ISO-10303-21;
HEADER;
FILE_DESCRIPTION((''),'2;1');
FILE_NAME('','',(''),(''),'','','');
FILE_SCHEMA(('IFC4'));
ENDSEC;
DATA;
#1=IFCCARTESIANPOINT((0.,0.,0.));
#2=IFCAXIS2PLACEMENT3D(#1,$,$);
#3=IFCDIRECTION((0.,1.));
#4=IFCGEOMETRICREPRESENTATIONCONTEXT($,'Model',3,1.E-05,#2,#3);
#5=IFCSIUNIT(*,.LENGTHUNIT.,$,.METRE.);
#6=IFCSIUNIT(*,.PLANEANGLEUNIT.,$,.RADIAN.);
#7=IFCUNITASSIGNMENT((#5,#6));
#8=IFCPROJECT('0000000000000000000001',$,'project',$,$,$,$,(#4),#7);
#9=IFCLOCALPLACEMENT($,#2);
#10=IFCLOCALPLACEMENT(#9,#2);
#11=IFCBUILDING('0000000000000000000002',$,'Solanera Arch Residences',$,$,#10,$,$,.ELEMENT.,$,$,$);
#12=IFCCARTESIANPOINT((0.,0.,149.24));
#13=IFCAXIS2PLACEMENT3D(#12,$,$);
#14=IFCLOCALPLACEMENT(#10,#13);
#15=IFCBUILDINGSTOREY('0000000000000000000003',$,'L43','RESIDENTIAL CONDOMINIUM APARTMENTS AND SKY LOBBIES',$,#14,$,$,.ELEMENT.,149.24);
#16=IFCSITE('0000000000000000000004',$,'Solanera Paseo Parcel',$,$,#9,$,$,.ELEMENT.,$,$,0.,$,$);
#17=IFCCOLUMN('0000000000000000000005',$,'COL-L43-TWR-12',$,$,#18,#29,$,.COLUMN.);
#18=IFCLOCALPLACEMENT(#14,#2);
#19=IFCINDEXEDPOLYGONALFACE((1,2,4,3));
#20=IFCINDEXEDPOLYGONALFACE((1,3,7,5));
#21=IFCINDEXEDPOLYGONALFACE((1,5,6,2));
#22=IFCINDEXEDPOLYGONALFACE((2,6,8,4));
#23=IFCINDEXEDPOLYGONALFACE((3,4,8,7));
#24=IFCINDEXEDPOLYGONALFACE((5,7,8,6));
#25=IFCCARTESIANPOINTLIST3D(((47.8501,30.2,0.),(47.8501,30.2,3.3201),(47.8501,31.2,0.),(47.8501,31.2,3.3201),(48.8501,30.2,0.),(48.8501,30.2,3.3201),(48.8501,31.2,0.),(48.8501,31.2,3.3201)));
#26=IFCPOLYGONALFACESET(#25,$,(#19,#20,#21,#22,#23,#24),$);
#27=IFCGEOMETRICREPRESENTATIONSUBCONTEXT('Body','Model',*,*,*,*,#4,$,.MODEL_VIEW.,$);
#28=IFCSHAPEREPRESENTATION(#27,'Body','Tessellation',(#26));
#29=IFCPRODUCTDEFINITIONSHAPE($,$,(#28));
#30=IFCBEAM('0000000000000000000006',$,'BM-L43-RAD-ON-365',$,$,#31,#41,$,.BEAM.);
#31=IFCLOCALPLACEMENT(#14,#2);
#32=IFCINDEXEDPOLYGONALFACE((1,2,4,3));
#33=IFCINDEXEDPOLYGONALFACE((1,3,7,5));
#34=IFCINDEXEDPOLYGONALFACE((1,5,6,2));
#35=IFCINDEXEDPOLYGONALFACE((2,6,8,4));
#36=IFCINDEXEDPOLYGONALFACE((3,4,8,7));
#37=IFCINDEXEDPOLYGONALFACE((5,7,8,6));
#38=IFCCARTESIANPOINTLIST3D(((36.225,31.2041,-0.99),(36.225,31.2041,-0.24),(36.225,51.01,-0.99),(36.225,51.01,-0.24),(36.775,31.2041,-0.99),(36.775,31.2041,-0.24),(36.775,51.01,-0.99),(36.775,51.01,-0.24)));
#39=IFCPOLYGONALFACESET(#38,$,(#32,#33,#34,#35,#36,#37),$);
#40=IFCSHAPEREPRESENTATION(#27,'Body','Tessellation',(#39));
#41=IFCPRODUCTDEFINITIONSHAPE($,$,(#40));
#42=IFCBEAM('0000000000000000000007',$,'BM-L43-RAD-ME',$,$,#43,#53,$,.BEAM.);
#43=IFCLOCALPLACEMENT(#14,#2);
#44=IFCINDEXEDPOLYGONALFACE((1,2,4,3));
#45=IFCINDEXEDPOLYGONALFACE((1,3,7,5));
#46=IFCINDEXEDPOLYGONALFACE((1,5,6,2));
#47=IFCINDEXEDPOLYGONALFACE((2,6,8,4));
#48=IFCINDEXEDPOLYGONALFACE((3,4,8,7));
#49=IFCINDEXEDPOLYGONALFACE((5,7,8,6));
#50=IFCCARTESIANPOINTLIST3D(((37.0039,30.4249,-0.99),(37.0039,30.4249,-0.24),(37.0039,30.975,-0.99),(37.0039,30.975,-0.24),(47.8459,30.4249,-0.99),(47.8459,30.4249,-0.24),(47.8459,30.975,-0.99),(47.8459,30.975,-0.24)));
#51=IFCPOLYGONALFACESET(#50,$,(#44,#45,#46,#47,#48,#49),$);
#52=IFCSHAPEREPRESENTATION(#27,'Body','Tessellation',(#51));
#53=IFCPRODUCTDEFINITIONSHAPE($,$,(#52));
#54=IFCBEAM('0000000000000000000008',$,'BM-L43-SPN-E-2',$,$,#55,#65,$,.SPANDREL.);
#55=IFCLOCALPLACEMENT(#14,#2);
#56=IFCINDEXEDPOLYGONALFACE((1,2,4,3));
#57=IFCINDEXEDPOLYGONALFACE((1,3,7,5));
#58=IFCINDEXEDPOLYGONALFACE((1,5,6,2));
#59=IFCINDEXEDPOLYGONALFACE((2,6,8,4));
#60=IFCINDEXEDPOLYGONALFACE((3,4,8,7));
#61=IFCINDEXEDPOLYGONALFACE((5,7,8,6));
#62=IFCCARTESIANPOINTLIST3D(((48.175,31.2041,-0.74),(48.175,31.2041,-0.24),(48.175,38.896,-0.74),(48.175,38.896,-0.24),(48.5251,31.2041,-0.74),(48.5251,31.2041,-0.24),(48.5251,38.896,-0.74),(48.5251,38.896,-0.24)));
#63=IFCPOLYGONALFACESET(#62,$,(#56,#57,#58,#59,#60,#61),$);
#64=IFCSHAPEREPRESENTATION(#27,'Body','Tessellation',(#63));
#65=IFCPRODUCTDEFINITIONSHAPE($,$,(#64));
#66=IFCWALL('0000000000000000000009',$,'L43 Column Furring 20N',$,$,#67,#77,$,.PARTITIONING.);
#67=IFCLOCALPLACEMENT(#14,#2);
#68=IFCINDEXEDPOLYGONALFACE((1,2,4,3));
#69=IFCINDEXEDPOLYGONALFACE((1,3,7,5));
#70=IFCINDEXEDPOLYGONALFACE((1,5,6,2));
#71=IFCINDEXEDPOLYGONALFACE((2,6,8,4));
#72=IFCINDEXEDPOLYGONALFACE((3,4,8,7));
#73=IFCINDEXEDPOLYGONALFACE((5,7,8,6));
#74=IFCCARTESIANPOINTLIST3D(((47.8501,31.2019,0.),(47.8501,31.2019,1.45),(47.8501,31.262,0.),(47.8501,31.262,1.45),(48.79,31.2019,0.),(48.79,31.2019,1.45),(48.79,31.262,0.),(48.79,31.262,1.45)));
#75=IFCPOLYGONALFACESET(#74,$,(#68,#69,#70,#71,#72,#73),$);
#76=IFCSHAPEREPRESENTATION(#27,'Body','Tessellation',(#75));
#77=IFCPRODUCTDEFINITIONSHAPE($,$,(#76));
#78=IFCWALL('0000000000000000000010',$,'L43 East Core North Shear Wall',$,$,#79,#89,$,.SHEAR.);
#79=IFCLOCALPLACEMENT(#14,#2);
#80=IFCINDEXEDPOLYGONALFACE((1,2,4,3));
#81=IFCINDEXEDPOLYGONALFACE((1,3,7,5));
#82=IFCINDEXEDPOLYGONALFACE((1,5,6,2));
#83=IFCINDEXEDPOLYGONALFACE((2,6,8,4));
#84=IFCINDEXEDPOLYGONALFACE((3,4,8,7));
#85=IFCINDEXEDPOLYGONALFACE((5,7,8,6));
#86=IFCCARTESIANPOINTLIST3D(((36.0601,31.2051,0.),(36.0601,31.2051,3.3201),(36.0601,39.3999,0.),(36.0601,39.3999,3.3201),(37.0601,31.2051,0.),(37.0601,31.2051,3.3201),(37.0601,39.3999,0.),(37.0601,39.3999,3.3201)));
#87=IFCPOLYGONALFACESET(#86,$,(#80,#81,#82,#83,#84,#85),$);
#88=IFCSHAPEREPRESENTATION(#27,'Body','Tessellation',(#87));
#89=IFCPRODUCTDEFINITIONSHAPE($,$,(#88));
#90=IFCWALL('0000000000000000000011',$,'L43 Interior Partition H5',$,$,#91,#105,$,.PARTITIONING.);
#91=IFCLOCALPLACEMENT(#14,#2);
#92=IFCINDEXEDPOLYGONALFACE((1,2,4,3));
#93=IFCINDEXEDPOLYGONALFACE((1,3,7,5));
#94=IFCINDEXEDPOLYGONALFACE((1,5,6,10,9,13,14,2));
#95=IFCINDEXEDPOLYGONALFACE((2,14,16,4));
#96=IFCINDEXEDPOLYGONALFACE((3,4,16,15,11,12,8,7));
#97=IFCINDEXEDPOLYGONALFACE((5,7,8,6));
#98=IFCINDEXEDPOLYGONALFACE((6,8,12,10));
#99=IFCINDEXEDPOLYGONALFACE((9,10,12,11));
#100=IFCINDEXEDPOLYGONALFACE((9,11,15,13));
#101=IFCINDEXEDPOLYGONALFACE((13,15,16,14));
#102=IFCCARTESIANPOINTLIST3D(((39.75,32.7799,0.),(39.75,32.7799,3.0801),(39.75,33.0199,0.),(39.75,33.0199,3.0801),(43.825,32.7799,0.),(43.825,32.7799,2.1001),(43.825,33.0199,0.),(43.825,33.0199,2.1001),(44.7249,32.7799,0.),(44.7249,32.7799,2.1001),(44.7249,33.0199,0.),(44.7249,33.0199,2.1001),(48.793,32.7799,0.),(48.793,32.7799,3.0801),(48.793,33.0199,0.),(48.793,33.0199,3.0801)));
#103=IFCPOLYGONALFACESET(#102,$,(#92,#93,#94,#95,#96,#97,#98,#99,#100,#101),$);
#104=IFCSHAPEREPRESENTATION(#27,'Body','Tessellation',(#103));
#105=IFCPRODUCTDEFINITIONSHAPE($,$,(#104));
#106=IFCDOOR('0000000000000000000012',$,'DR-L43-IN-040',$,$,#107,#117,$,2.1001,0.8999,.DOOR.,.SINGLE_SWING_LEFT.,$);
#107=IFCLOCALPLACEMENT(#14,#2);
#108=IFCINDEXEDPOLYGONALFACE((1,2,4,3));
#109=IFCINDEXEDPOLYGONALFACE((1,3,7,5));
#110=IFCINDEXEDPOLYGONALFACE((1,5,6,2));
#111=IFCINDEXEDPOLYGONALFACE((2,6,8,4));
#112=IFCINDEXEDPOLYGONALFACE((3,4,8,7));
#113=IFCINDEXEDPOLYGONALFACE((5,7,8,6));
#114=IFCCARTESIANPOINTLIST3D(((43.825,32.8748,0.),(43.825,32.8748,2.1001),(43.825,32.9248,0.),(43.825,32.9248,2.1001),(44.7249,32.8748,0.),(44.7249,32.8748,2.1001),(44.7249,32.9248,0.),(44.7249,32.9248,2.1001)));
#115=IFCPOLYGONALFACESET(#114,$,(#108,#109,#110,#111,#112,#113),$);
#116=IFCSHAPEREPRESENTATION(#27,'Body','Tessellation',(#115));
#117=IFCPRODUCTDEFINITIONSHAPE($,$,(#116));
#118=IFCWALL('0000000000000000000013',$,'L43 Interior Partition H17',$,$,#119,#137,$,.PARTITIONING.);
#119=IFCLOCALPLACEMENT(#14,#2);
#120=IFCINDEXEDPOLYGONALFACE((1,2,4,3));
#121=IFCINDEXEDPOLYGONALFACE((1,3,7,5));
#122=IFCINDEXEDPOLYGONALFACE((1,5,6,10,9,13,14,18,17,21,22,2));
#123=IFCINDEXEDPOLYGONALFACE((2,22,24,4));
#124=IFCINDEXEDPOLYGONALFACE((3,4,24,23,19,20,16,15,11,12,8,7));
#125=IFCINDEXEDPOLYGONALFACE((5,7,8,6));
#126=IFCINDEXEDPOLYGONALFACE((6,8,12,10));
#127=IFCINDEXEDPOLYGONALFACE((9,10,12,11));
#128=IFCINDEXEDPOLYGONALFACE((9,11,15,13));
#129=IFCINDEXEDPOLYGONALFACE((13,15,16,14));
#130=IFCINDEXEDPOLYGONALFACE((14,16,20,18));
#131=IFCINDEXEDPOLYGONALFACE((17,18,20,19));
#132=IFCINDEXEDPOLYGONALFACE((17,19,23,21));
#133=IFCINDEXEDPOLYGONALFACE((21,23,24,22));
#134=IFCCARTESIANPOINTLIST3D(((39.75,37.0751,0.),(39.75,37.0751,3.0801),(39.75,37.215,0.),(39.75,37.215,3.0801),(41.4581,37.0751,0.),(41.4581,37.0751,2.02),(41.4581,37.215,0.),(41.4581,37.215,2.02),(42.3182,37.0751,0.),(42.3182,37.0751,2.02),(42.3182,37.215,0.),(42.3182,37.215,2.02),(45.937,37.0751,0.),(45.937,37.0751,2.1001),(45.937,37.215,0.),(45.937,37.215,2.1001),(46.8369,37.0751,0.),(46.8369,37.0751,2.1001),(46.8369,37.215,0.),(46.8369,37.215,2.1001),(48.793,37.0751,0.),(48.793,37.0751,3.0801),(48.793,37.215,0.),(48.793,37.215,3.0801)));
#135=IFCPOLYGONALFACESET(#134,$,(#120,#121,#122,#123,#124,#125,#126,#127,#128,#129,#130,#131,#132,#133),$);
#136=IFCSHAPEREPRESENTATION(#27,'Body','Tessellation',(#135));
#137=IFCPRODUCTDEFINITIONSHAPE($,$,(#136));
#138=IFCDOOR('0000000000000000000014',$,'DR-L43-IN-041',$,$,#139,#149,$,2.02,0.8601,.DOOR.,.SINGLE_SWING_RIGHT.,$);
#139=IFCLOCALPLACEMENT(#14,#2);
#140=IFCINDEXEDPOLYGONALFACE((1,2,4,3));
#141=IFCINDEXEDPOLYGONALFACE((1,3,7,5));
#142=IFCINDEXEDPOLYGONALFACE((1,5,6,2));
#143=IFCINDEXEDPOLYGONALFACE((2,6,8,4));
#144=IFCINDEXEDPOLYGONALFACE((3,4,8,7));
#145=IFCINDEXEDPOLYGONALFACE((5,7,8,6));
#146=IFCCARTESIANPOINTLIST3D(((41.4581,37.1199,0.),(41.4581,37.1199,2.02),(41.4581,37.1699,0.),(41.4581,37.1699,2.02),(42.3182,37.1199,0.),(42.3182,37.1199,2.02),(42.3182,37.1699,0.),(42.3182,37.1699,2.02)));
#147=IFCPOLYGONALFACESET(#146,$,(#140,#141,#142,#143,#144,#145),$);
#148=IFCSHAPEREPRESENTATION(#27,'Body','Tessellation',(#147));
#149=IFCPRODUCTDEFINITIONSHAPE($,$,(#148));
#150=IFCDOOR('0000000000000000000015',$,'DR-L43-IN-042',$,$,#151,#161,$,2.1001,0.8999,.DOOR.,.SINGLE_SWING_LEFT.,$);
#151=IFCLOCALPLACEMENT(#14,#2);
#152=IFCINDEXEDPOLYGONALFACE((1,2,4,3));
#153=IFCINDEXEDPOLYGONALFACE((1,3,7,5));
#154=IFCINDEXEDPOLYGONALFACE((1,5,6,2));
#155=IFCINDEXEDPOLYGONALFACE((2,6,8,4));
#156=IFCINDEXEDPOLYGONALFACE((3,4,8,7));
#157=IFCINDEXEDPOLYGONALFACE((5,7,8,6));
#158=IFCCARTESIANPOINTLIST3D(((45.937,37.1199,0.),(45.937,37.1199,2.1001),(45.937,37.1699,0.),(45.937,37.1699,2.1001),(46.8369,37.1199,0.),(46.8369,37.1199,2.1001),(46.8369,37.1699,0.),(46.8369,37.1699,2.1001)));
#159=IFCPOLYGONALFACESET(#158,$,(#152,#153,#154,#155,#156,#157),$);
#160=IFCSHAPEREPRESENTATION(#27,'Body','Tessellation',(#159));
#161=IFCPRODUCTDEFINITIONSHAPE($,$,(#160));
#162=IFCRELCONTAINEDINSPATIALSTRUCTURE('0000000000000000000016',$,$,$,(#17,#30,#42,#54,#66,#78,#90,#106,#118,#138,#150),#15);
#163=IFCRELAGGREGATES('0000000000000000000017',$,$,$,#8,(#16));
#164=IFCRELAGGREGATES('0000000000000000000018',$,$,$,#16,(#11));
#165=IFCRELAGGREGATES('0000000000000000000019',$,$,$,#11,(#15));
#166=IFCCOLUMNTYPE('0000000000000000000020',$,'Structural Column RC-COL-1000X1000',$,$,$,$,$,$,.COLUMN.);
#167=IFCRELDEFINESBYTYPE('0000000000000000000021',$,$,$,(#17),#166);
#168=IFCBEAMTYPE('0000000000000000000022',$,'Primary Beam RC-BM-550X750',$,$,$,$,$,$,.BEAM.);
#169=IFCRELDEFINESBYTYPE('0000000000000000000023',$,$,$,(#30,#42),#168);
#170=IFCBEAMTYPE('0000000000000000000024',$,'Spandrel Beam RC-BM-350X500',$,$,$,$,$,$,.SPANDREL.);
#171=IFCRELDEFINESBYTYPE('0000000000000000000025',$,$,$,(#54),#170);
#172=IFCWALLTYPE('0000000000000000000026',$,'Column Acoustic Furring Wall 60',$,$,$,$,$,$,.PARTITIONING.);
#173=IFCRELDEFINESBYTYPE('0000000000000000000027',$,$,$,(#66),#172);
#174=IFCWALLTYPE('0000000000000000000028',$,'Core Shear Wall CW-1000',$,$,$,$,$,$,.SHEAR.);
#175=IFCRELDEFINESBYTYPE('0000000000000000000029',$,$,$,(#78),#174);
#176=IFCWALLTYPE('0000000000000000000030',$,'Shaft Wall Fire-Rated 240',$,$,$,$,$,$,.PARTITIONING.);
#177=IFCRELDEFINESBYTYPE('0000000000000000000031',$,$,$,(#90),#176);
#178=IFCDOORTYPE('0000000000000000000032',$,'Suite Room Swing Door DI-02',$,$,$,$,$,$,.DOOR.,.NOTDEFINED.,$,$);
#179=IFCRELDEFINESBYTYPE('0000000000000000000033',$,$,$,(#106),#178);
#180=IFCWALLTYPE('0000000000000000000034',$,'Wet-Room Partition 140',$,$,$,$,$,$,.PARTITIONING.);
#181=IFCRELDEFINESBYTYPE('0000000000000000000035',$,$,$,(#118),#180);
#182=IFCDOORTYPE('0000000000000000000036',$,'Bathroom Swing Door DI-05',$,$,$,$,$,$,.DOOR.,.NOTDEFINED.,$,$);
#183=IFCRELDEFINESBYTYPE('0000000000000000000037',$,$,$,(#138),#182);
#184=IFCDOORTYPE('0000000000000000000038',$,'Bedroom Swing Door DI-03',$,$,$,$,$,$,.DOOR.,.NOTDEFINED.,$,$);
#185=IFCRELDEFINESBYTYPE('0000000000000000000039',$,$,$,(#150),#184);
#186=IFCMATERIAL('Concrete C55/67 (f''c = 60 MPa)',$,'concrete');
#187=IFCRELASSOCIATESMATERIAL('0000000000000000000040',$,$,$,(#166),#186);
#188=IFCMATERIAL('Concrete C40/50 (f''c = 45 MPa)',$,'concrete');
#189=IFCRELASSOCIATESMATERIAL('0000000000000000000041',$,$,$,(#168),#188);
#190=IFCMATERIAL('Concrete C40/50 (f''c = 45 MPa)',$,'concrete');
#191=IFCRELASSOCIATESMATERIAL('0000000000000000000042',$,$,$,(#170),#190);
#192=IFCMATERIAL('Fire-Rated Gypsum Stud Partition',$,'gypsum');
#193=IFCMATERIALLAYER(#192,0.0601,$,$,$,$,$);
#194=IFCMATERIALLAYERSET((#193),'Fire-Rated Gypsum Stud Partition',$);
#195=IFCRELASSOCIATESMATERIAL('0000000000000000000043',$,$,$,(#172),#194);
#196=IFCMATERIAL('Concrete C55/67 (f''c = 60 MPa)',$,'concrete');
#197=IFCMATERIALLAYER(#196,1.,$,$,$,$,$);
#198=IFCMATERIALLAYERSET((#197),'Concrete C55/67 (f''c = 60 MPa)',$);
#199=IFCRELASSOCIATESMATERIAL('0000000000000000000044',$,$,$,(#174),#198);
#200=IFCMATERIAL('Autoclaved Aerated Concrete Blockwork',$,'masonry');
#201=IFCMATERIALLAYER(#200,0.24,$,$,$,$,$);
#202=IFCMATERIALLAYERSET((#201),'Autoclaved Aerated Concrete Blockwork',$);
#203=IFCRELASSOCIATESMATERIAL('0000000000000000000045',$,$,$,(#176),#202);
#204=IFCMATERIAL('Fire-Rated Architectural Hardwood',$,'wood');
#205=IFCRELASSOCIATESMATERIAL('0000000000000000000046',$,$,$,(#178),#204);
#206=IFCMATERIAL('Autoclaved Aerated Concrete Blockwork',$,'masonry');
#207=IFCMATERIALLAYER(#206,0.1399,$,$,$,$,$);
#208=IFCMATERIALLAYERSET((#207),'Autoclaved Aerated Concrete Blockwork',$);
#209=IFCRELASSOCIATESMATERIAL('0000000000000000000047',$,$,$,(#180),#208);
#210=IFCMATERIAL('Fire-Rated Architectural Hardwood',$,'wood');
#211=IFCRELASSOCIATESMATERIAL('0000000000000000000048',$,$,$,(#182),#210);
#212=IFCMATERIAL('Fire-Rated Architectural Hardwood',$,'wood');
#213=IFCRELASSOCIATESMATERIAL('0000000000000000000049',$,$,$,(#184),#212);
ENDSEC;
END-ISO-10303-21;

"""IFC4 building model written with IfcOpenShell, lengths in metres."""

from ifc_helpers import new_model, si_unit, direction, frame, frame_2d, origin, origin_2d, place, context, subcontext, project, spatial, rectangle, extrude, material, layer, layer_set, material_profile, profile_set, type_object, element, fill, save


model = new_model("IFC4")

# Units and contexts
model_context = context("Model", 3, precision=1e-05, world=origin(), true_north=direction((0.0, 1.0)))
body_context = subcontext(model_context, "Body", "Model", "MODEL_VIEW")
ifc_project = project(units=[si_unit("LENGTHUNIT", "METRE"), si_unit("PLANEANGLEUNIT", "RADIAN")], contexts=[model_context])

# Site, building, storey
site_placement = place(None, origin())
site = spatial("IfcSite", under=ifc_project, at=site_placement, Name="Solanera Paseo Parcel", CompositionType="ELEMENT", RefElevation=0.0)
building_placement = place(site_placement, origin())
building = spatial("IfcBuilding", under=site, at=building_placement, Name="Solanera Arch Residences", CompositionType="ELEMENT")
storey_placement = place(building_placement, frame((0.0, 0.0, 149.24)))
storey = spatial("IfcBuildingStorey", under=building, at=storey_placement, Name="L43", Description="RESIDENTIAL CONDOMINIUM APARTMENTS AND SKY LOBBIES", CompositionType="ELEMENT", Elevation=149.24)

# Column
ifc_material_1 = material(Name="Concrete C55/67 (f'c = 60 MPa)", Category="concrete")
ifc_material_profile_1 = material_profile(ifc_material_1, rectangle(XDim=1.0, YDim=1.0, at=origin_2d()))
ifc_profile_set_1 = profile_set([ifc_material_profile_1], Name="Concrete C55/67 (f'c = 60 MPa)")
column_type = type_object("IfcColumnType", Name="Structural Column RC-COL-1000X1000", PredefinedType="COLUMN", material=ifc_profile_set_1)
column_placement = place(storey_placement, frame((48.3501, 30.7, 0.0), z_axis=(0.0, 0.0, 1.0), x_axis=(1.0, 0.0, 0.0)))
element("IfcColumn", 1, at=column_placement, inside=storey, type_object=column_type, Name="COL-L43-TWR-12", PredefinedType="COLUMN", context=body_context, shape_type="SweptSolid", body=[
    extrude(rectangle(XDim=1.0, YDim=1.0, at=origin_2d()), origin(), (0.0, 0.0, 1.0), 3.3201),
])

# Beams
ifc_material_2 = material(Name="Concrete C40/50 (f'c = 45 MPa)", Category="concrete")
ifc_material_profile_2 = material_profile(ifc_material_2, rectangle(XDim=0.55, YDim=0.75, at=origin_2d()))
ifc_profile_set_2 = profile_set([ifc_material_profile_2], Name="Concrete C40/50 (f'c = 45 MPa)")
beam_type_1 = type_object("IfcBeamType", Name="Primary Beam RC-BM-550X750", PredefinedType="BEAM", material=ifc_profile_set_2)
beam_1_placement = place(storey_placement, frame((36.5, 31.2041, -0.615), z_axis=(0.0, 1.0, 0.0), x_axis=(-1.0, 0.0, 0.0)))
element("IfcBeam", 2, at=beam_1_placement, inside=storey, type_object=beam_type_1, Name="BM-L43-RAD-ON-365", PredefinedType="BEAM", context=body_context, shape_type="SweptSolid", body=[
    extrude(rectangle(XDim=0.55, YDim=0.75, at=origin_2d()), origin(), (0.0, 0.0, 1.0), 19.8059),
])
beam_2_placement = place(storey_placement, frame((37.0039, 30.7, -0.615), z_axis=(1.0, 0.0, 0.0), x_axis=(0.0, 1.0, 0.0)))
element("IfcBeam", 3, at=beam_2_placement, inside=storey, type_object=beam_type_1, Name="BM-L43-RAD-ME", PredefinedType="BEAM", context=body_context, shape_type="SweptSolid", body=[
    extrude(rectangle(XDim=0.55, YDim=0.75, at=origin_2d()), origin(), (0.0, 0.0, 1.0), 10.842),
])
ifc_material_3 = material(Name="Concrete C40/50 (f'c = 45 MPa)", Category="concrete")
ifc_material_profile_3 = material_profile(ifc_material_3, rectangle(XDim=0.3501, YDim=0.5, at=origin_2d()))
ifc_profile_set_3 = profile_set([ifc_material_profile_3], Name="Concrete C40/50 (f'c = 45 MPa)")
beam_type_2 = type_object("IfcBeamType", Name="Spandrel Beam RC-BM-350X500", PredefinedType="SPANDREL", material=ifc_profile_set_3)
beam_3_placement = place(storey_placement, frame((48.3501, 31.2041, -0.49), z_axis=(0.0, 1.0, 0.0), x_axis=(-1.0, 0.0, 0.0)))
element("IfcBeam", 4, at=beam_3_placement, inside=storey, type_object=beam_type_2, Name="BM-L43-SPN-E-2", PredefinedType="SPANDREL", context=body_context, shape_type="SweptSolid", body=[
    extrude(rectangle(XDim=0.3501, YDim=0.5, at=origin_2d()), origin(), (0.0, 0.0, 1.0), 7.6919),
])

# Walls
ifc_material_4 = material(Name="Fire-Rated Gypsum Stud Partition", Category="gypsum")
ifc_layer_1 = layer(ifc_material_4, 0.0601)
ifc_layer_set_1 = layer_set([ifc_layer_1], Name="Fire-Rated Gypsum Stud Partition")
wall_type_1 = type_object("IfcWallType", Name="Column Acoustic Furring Wall 60", PredefinedType="PARTITIONING", material=ifc_layer_set_1)
wall_1_placement = place(storey_placement, frame((47.8501, 31.2319, 0.0), z_axis=(0.0, 0.0, 1.0), x_axis=(1.0, 0.0, 0.0)))
element("IfcWall", 5, at=wall_1_placement, inside=storey, type_object=wall_type_1, Name="L43 Column Furring 20N", PredefinedType="PARTITIONING", context=body_context, shape_type="SweptSolid", body=[
    extrude(rectangle(XDim=0.9399, YDim=0.0601, at=frame_2d((0.47, 0.0))), origin(), (0.0, 0.0, 1.0), 1.45),
])
ifc_material_5 = material(Name="Concrete C55/67 (f'c = 60 MPa)", Category="concrete")
ifc_layer_2 = layer(ifc_material_5, 1.0)
ifc_layer_set_2 = layer_set([ifc_layer_2], Name="Concrete C55/67 (f'c = 60 MPa)")
wall_type_2 = type_object("IfcWallType", Name="Core Shear Wall CW-1000", PredefinedType="SHEAR", material=ifc_layer_set_2)
wall_2_placement = place(storey_placement, frame((36.5601, 31.2051, 0.0), z_axis=(0.0, 0.0, 1.0), x_axis=(0.0, 1.0, 0.0)))
element("IfcWall", 6, at=wall_2_placement, inside=storey, type_object=wall_type_2, Name="L43 East Core North Shear Wall", PredefinedType="SHEAR", context=body_context, shape_type="SweptSolid", body=[
    extrude(rectangle(XDim=8.1948, YDim=1.0, at=frame_2d((4.0974, 0.0))), origin(), (0.0, 0.0, 1.0), 3.3201),
])

# Wall, opening, door
ifc_material_6 = material(Name="Autoclaved Aerated Concrete Blockwork", Category="masonry")
ifc_layer_3 = layer(ifc_material_6, 0.24)
ifc_layer_set_3 = layer_set([ifc_layer_3], Name="Autoclaved Aerated Concrete Blockwork")
wall_type_3 = type_object("IfcWallType", Name="Shaft Wall Fire-Rated 240", PredefinedType="PARTITIONING", material=ifc_layer_set_3)
wall_3_placement = place(storey_placement, frame((39.75, 32.8999, 0.0), z_axis=(0.0, 0.0, 1.0), x_axis=(1.0, 0.0, 0.0)))
wall_3 = element("IfcWall", 7, at=wall_3_placement, inside=storey, type_object=wall_type_3, Name="L43 Interior Partition H5", PredefinedType="PARTITIONING", context=body_context, shape_type="SweptSolid", body=[
    extrude(rectangle(XDim=9.043, YDim=0.24, at=frame_2d((4.5215, 0.0))), origin(), (0.0, 0.0, 1.0), 3.0801),
])
opening_1_placement = place(wall_3_placement, frame((4.075, 0.0, 0.0)))
opening_1 = element("IfcOpeningElement", 8, at=opening_1_placement, cuts=wall_3, PredefinedType="OPENING", context=body_context, shape_type="SweptSolid", body=[
    extrude(rectangle(XDim=0.8999, YDim=2.1001, at=frame_2d((0.45, 1.05))), frame((0.0, 0.1299, 0.0), z_axis=(0.0, -1.0, 0.0), x_axis=(1.0, 0.0, 0.0)), (0.0, 0.0, 1.0), 0.26),
])
ifc_material_7 = material(Name="Fire-Rated Architectural Hardwood", Category="wood")
door_type_1 = type_object("IfcDoorType", Name="Suite Room Swing Door DI-02", OperationType="NOTDEFINED", PredefinedType="DOOR", material=ifc_material_7)
door_1_placement = place(opening_1_placement, origin())
door_1 = element("IfcDoor", 9, at=door_1_placement, inside=storey, type_object=door_type_1, Name="DR-L43-IN-040", OperationType="SINGLE_SWING_LEFT", OverallHeight=2.1001, OverallWidth=0.8999, PredefinedType="DOOR", context=body_context, shape_type="SweptSolid", body=[
    extrude(rectangle(XDim=0.8999, YDim=2.1001, at=frame_2d((0.45, 1.05))), frame((0.0, 0.0249, 0.0), z_axis=(0.0, -1.0, 0.0), x_axis=(1.0, 0.0, 0.0)), (0.0, 0.0, 1.0), 0.05),
])
fill(opening_1, door_1)

# Wall, openings, doors
ifc_material_8 = material(Name="Autoclaved Aerated Concrete Blockwork", Category="masonry")
ifc_layer_4 = layer(ifc_material_8, 0.1399)
ifc_layer_set_4 = layer_set([ifc_layer_4], Name="Autoclaved Aerated Concrete Blockwork")
wall_type_4 = type_object("IfcWallType", Name="Wet-Room Partition 140", PredefinedType="PARTITIONING", material=ifc_layer_set_4)
wall_4_placement = place(storey_placement, frame((39.75, 37.145, 0.0), z_axis=(0.0, 0.0, 1.0), x_axis=(1.0, 0.0, 0.0)))
wall_4 = element("IfcWall", 10, at=wall_4_placement, inside=storey, type_object=wall_type_4, Name="L43 Interior Partition H17", PredefinedType="PARTITIONING", context=body_context, shape_type="SweptSolid", body=[
    extrude(rectangle(XDim=9.043, YDim=0.1399, at=frame_2d((4.5215, 0.0))), origin(), (0.0, 0.0, 1.0), 3.0801),
])
opening_2_placement = place(wall_4_placement, frame((1.708, 0.0, 0.0)))
opening_2 = element("IfcOpeningElement", 11, at=opening_2_placement, cuts=wall_4, PredefinedType="OPENING", context=body_context, shape_type="SweptSolid", body=[
    extrude(rectangle(XDim=0.8601, YDim=2.02, at=frame_2d((0.4302, 1.01))), frame((0.0, 0.0798, 0.0), z_axis=(0.0, -1.0, 0.0), x_axis=(1.0, 0.0, 0.0)), (0.0, 0.0, 1.0), 0.1599),
])
opening_3_placement = place(wall_4_placement, frame((6.187, 0.0, 0.0)))
opening_3 = element("IfcOpeningElement", 12, at=opening_3_placement, cuts=wall_4, PredefinedType="OPENING", context=body_context, shape_type="SweptSolid", body=[
    extrude(rectangle(XDim=0.8999, YDim=2.1001, at=frame_2d((0.45, 1.05))), frame((0.0, 0.0798, 0.0), z_axis=(0.0, -1.0, 0.0), x_axis=(1.0, 0.0, 0.0)), (0.0, 0.0, 1.0), 0.1599),
])
ifc_material_9 = material(Name="Fire-Rated Architectural Hardwood", Category="wood")
door_type_2 = type_object("IfcDoorType", Name="Bathroom Swing Door DI-05", OperationType="NOTDEFINED", PredefinedType="DOOR", material=ifc_material_9)
door_2_placement = place(opening_2_placement, origin())
door_2 = element("IfcDoor", 13, at=door_2_placement, inside=storey, type_object=door_type_2, Name="DR-L43-IN-041", OperationType="SINGLE_SWING_RIGHT", OverallHeight=2.02, OverallWidth=0.8601, PredefinedType="DOOR", context=body_context, shape_type="SweptSolid", body=[
    extrude(rectangle(XDim=0.8601, YDim=2.02, at=frame_2d((0.4302, 1.01))), frame((0.0, 0.0249, 0.0), z_axis=(0.0, -1.0, 0.0), x_axis=(1.0, 0.0, 0.0)), (0.0, 0.0, 1.0), 0.05),
])
fill(opening_2, door_2)
ifc_material_10 = material(Name="Fire-Rated Architectural Hardwood", Category="wood")
door_type_3 = type_object("IfcDoorType", Name="Bedroom Swing Door DI-03", OperationType="NOTDEFINED", PredefinedType="DOOR", material=ifc_material_10)
door_3_placement = place(opening_3_placement, origin())
door_3 = element("IfcDoor", 14, at=door_3_placement, inside=storey, type_object=door_type_3, Name="DR-L43-IN-042", OperationType="SINGLE_SWING_LEFT", OverallHeight=2.1001, OverallWidth=0.8999, PredefinedType="DOOR", context=body_context, shape_type="SweptSolid", body=[
    extrude(rectangle(XDim=0.8999, YDim=2.1001, at=frame_2d((0.45, 1.05))), frame((0.0, 0.0249, 0.0), z_axis=(0.0, -1.0, 0.0), x_axis=(1.0, 0.0, 0.0)), (0.0, 0.0, 1.0), 0.05),
])
fill(opening_3, door_3)

save(model, "model.ifc")
